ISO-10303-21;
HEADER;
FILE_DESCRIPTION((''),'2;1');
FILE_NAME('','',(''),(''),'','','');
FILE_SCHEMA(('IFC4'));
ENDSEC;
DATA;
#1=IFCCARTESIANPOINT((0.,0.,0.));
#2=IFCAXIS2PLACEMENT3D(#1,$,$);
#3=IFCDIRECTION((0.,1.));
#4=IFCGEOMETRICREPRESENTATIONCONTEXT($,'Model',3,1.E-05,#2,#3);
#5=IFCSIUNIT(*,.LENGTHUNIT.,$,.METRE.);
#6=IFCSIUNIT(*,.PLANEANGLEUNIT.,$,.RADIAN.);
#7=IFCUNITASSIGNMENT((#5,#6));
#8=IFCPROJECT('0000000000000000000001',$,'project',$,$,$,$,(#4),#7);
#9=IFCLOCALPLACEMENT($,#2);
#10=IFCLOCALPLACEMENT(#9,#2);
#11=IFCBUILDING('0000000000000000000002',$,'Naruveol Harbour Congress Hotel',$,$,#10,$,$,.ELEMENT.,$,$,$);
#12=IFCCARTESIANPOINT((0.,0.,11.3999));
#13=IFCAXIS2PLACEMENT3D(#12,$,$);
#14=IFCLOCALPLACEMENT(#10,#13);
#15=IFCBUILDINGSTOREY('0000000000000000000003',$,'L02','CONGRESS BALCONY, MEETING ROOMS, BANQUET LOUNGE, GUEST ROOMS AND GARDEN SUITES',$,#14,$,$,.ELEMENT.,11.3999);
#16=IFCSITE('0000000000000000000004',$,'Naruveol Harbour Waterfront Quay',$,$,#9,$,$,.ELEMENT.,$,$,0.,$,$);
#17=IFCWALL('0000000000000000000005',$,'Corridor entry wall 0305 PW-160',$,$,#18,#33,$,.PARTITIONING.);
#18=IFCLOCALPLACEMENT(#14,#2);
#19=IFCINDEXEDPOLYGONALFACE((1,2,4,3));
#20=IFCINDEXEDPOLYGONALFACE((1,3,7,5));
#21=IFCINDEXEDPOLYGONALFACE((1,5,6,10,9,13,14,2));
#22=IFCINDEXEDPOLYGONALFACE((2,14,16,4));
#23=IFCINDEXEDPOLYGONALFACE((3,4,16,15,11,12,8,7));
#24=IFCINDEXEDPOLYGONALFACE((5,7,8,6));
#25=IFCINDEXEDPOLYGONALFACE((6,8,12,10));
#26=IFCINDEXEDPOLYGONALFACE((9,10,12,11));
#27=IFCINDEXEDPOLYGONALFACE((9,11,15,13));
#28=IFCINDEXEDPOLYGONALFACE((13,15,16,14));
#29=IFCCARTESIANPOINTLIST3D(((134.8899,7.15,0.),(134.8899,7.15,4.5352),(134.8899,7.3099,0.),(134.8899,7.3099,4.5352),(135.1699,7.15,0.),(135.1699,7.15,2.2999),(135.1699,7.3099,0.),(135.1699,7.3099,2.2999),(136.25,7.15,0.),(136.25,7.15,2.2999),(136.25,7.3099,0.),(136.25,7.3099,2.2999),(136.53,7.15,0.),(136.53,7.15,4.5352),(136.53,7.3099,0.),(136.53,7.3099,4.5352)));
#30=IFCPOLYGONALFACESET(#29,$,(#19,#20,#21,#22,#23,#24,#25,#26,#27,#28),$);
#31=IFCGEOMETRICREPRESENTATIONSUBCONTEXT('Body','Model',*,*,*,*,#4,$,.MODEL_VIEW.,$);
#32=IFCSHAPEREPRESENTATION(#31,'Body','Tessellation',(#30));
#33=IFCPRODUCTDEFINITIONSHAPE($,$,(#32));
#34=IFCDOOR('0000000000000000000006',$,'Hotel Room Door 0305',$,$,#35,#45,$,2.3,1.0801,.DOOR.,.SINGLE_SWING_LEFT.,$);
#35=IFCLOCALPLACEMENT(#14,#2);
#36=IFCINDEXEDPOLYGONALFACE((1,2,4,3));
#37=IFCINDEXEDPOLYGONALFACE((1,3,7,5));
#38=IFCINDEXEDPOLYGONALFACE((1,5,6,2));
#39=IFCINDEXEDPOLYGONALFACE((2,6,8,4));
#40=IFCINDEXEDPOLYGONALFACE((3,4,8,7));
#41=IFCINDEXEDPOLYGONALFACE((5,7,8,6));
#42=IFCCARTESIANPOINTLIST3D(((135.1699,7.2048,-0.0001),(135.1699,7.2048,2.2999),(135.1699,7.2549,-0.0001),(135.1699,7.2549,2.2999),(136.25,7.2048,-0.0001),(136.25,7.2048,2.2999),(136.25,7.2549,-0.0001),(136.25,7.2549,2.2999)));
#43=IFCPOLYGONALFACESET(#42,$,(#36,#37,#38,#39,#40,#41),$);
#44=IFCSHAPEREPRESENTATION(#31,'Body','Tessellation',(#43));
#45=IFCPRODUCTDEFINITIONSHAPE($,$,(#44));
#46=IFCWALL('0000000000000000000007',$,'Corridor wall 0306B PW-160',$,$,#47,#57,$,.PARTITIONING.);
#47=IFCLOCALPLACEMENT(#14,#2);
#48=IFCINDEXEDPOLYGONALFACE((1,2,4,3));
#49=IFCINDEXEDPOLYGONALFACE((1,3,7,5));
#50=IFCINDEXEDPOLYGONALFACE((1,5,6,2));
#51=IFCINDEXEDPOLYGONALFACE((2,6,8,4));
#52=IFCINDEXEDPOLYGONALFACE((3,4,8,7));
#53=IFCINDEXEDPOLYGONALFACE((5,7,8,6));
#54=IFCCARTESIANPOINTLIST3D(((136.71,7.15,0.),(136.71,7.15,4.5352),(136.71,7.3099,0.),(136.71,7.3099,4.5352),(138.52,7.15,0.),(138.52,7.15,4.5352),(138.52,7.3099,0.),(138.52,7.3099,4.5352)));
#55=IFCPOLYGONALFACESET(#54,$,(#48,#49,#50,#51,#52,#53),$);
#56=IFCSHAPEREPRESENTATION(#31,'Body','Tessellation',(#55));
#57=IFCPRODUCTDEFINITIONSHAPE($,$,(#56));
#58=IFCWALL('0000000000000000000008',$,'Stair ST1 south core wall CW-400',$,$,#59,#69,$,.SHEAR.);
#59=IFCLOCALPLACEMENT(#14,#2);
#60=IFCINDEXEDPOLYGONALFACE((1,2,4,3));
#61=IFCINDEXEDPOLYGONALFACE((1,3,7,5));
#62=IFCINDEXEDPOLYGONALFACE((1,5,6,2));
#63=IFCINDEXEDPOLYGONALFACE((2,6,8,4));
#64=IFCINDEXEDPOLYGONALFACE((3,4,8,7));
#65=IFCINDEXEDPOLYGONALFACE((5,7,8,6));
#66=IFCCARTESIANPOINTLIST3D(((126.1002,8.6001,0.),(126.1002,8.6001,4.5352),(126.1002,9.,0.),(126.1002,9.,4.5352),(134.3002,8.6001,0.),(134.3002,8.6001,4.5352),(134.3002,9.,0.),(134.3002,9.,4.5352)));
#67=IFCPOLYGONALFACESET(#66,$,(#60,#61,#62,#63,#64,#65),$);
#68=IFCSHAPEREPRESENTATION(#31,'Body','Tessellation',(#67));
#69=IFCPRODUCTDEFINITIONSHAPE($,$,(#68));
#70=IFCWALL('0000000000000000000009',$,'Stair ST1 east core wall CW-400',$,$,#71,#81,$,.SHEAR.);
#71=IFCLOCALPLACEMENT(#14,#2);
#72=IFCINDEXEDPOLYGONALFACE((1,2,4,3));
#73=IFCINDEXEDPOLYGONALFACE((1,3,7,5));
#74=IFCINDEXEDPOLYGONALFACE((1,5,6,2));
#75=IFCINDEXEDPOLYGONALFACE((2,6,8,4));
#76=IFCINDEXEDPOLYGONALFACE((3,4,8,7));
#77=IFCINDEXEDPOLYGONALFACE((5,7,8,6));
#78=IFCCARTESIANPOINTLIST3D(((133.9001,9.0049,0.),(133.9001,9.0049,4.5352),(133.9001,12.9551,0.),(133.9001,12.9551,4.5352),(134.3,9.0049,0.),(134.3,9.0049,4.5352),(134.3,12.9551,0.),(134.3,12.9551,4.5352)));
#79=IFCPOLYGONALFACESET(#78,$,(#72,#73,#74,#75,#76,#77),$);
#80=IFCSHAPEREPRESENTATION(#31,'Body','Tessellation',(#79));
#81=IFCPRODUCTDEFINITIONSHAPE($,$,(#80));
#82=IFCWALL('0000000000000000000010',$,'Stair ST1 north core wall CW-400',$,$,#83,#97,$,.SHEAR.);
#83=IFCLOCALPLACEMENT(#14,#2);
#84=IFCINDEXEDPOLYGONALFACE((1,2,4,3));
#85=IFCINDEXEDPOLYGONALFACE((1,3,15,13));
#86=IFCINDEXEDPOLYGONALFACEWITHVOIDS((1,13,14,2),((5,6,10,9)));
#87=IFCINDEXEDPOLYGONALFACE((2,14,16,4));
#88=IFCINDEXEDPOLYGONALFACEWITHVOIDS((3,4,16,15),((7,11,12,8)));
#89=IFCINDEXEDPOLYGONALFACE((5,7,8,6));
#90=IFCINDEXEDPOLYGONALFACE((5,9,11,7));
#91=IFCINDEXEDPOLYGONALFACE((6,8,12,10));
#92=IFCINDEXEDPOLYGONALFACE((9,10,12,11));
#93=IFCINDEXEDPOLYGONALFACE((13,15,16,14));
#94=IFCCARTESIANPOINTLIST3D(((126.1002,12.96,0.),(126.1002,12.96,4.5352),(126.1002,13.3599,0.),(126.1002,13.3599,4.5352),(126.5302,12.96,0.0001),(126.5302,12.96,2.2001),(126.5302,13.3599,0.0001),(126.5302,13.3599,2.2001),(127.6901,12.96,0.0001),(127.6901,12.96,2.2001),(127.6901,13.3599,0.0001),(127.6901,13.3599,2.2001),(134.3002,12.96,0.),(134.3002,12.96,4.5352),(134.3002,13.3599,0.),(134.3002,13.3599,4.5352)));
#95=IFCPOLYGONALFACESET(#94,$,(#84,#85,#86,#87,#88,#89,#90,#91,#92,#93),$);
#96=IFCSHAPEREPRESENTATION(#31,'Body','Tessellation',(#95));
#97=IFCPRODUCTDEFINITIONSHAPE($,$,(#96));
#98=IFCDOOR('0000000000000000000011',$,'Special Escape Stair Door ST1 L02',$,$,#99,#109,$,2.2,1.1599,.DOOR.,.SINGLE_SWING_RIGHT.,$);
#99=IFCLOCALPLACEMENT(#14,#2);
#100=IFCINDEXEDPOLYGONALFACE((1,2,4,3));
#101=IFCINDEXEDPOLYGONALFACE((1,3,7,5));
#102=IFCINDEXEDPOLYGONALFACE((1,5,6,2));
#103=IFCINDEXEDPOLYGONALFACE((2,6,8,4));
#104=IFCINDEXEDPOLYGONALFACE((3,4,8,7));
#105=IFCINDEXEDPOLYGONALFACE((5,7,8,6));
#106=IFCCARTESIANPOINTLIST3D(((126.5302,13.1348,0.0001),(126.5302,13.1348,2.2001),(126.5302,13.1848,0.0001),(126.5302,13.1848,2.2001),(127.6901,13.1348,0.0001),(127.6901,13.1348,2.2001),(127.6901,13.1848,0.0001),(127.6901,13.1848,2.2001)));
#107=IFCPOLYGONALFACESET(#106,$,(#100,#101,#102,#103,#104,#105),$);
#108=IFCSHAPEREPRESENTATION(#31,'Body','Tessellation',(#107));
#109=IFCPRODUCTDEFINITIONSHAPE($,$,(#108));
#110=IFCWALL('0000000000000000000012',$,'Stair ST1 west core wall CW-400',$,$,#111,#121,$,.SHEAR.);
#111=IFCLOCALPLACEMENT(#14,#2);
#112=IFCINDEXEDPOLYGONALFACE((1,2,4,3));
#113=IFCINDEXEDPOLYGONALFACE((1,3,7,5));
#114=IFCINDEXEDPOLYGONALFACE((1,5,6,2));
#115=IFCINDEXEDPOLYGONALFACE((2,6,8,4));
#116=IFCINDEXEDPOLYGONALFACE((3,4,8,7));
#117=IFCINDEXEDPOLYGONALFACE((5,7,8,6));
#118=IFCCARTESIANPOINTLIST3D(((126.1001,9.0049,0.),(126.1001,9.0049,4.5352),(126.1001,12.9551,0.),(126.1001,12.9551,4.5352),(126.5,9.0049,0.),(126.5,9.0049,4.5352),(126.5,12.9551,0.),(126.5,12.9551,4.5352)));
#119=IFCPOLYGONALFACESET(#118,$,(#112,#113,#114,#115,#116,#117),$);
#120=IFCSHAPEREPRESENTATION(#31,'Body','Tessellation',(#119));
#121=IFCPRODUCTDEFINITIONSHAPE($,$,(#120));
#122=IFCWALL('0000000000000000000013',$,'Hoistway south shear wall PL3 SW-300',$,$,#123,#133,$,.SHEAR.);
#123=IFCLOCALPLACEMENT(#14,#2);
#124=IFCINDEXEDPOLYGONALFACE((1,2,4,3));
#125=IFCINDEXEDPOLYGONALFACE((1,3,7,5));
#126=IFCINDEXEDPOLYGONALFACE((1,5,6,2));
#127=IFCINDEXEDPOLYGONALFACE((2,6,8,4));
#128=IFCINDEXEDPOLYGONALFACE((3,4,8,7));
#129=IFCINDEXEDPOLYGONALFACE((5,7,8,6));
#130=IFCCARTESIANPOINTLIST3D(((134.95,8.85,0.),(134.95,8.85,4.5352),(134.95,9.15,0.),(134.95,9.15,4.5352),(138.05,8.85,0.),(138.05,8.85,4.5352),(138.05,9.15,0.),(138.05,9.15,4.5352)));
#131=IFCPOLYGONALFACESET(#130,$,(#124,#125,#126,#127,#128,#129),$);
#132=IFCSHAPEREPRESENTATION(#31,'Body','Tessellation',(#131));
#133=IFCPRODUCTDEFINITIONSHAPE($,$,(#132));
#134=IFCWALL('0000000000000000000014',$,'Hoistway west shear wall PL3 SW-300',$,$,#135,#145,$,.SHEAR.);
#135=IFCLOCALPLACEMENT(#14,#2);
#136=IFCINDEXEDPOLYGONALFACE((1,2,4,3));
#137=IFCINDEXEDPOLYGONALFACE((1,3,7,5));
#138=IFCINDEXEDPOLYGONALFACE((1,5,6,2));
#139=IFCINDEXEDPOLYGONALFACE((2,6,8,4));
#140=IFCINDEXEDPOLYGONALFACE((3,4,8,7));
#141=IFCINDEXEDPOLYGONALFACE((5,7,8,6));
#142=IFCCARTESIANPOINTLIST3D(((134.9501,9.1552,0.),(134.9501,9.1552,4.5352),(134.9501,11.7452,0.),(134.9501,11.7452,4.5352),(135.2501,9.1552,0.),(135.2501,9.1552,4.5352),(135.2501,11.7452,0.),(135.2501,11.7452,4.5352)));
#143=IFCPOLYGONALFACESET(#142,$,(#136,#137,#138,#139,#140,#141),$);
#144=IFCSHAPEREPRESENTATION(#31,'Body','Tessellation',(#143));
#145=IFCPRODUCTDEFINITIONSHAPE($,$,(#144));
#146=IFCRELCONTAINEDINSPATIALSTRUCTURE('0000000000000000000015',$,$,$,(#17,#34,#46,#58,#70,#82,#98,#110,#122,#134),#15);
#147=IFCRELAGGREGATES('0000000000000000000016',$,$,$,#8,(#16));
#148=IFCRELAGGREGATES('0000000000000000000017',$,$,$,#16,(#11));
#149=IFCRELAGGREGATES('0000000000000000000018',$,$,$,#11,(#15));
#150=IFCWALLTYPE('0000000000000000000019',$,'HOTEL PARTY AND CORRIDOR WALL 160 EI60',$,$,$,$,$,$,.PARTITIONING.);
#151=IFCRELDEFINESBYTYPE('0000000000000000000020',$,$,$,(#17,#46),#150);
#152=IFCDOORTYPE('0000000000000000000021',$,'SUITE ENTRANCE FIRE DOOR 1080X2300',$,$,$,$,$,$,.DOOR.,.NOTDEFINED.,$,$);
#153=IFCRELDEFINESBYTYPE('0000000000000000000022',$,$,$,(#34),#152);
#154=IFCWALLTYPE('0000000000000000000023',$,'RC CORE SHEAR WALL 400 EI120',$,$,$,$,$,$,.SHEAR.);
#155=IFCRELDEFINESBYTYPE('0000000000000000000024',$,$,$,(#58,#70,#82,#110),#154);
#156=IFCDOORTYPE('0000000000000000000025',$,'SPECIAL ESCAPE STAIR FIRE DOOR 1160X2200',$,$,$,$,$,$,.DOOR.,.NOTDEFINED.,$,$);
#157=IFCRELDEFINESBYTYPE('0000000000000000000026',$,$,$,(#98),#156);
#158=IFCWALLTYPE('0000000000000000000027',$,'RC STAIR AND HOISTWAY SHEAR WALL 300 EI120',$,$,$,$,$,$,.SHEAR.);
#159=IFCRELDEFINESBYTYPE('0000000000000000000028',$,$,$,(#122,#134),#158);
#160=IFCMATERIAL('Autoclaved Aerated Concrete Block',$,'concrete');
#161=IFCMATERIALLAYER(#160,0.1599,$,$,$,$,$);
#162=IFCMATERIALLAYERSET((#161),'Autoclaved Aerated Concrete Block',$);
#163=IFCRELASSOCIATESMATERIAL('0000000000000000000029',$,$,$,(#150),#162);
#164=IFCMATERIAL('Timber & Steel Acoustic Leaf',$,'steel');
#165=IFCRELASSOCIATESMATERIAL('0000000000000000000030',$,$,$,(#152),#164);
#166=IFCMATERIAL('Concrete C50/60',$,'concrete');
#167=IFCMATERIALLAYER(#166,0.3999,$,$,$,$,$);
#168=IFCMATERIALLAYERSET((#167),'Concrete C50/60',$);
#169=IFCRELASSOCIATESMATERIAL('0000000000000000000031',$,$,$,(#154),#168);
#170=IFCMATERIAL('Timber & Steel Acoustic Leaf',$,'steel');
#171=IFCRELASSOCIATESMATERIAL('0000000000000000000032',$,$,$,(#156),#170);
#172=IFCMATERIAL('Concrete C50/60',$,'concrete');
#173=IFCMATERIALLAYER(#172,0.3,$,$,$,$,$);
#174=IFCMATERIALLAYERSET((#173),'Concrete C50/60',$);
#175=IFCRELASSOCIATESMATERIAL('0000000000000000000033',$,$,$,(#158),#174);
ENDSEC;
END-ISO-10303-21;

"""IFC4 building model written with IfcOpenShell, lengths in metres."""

from ifc_helpers import new_model, si_unit, direction, frame, frame_2d, origin, place, context, subcontext, project, spatial, rectangle, extrude, material, layer, layer_set, type_object, element, fill, save


model = new_model("IFC4")

# Units and contexts
model_context = context("Model", 3, precision=1e-05, world=origin(), true_north=direction((0.0, 1.0)))
body_context = subcontext(model_context, "Body", "Model", "MODEL_VIEW")
ifc_project = project(units=[si_unit("LENGTHUNIT", "METRE"), si_unit("PLANEANGLEUNIT", "RADIAN")], contexts=[model_context])

# Site, building, storey
site_placement = place(None, origin())
site = spatial("IfcSite", under=ifc_project, at=site_placement, Name="Naruveol Harbour Waterfront Quay", CompositionType="ELEMENT", RefElevation=0.0)
building_placement = place(site_placement, origin())
building = spatial("IfcBuilding", under=site, at=building_placement, Name="Naruveol Harbour Congress Hotel", CompositionType="ELEMENT")
storey_placement = place(building_placement, frame((0.0, 0.0, 11.3999)))
storey = spatial("IfcBuildingStorey", under=building, at=storey_placement, Name="L02", Description="CONGRESS BALCONY, MEETING ROOMS, BANQUET LOUNGE, GUEST ROOMS AND GARDEN SUITES", CompositionType="ELEMENT", Elevation=11.3999)

# Wall, opening, door
ifc_material_1 = material(Name="Autoclaved Aerated Concrete Block", Category="concrete")
ifc_layer_1 = layer(ifc_material_1, 0.1599)
ifc_layer_set_1 = layer_set([ifc_layer_1], Name="Autoclaved Aerated Concrete Block")
wall_type_1 = type_object("IfcWallType", Name="HOTEL PARTY AND CORRIDOR WALL 160 EI60", PredefinedType="PARTITIONING", material=ifc_layer_set_1)
wall_1_placement = place(storey_placement, frame((134.8899, 7.23, 0.0), z_axis=(0.0, 0.0, 1.0), x_axis=(1.0, 0.0, 0.0)))
wall_1 = element("IfcWall", 1, at=wall_1_placement, inside=storey, type_object=wall_type_1, Name="Corridor entry wall 0305 PW-160", PredefinedType="PARTITIONING", context=body_context, shape_type="SweptSolid", body=[
    extrude(rectangle(XDim=1.6401, YDim=0.1599, at=frame_2d((0.8201, 0.0))), origin(), (0.0, 0.0, 1.0), 4.5352),
])
opening_1_placement = place(wall_1_placement, frame((0.28, 0.0, 0.0)))
opening_1 = element("IfcOpeningElement", 2, at=opening_1_placement, cuts=wall_1, PredefinedType="OPENING", context=body_context, shape_type="SweptSolid", body=[
    extrude(rectangle(XDim=1.0801, YDim=2.3, at=frame_2d((0.54, 1.1499))), frame((0.0, 0.0898, 0.0), z_axis=(0.0, -1.0, 0.0), x_axis=(1.0, 0.0, 0.0)), (0.0, 0.0, 1.0), 0.1799),
])
ifc_material_2 = material(Name="Timber & Steel Acoustic Leaf", Category="steel")
door_type_1 = type_object("IfcDoorType", Name="SUITE ENTRANCE FIRE DOOR 1080X2300", OperationType="NOTDEFINED", PredefinedType="DOOR", material=ifc_material_2)
door_1_placement = place(opening_1_placement, origin())
door_1 = element("IfcDoor", 3, at=door_1_placement, inside=storey, type_object=door_type_1, Name="Hotel Room Door 0305", OperationType="SINGLE_SWING_LEFT", OverallHeight=2.3, OverallWidth=1.0801, PredefinedType="DOOR", context=body_context, shape_type="SweptSolid", body=[
    extrude(rectangle(XDim=1.0801, YDim=2.3, at=frame_2d((0.54, 1.1499))), frame((0.0, 0.0249, 0.0), z_axis=(0.0, -1.0, 0.0), x_axis=(1.0, 0.0, 0.0)), (0.0, 0.0, 1.0), 0.05),
])
fill(opening_1, door_1)

# Walls
wall_2_placement = place(storey_placement, frame((136.71, 7.23, 0.0), z_axis=(0.0, 0.0, 1.0), x_axis=(1.0, 0.0, 0.0)))
element("IfcWall", 4, at=wall_2_placement, inside=storey, type_object=wall_type_1, Name="Corridor wall 0306B PW-160", PredefinedType="PARTITIONING", context=body_context, shape_type="SweptSolid", body=[
    extrude(rectangle(XDim=1.8101, YDim=0.1599, at=frame_2d((0.905, 0.0))), origin(), (0.0, 0.0, 1.0), 4.5352),
])
ifc_material_3 = material(Name="Concrete C50/60", Category="concrete")
ifc_layer_2 = layer(ifc_material_3, 0.3999)
ifc_layer_set_2 = layer_set([ifc_layer_2], Name="Concrete C50/60")
wall_type_2 = type_object("IfcWallType", Name="RC CORE SHEAR WALL 400 EI120", PredefinedType="SHEAR", material=ifc_layer_set_2)
wall_3_placement = place(storey_placement, frame((126.1001, 8.8, 0.0), z_axis=(0.0, 0.0, 1.0), x_axis=(1.0, 0.0, 0.0)))
element("IfcWall", 5, at=wall_3_placement, inside=storey, type_object=wall_type_2, Name="Stair ST1 south core wall CW-400", PredefinedType="SHEAR", context=body_context, shape_type="SweptSolid", body=[
    extrude(rectangle(XDim=8.2, YDim=0.3999, at=frame_2d((4.1001, 0.0))), origin(), (0.0, 0.0, 1.0), 4.5352),
])
wall_4_placement = place(storey_placement, frame((134.1001, 9.0049, 0.0), z_axis=(0.0, 0.0, 1.0), x_axis=(0.0, 1.0, 0.0)))
element("IfcWall", 6, at=wall_4_placement, inside=storey, type_object=wall_type_2, Name="Stair ST1 east core wall CW-400", PredefinedType="SHEAR", context=body_context, shape_type="SweptSolid", body=[
    extrude(rectangle(XDim=3.9502, YDim=0.3999, at=frame_2d((1.9751, 0.0))), origin(), (0.0, 0.0, 1.0), 4.5352),
])

# Wall, opening, door
wall_5_placement = place(storey_placement, frame((126.1001, 13.1599, 0.0), z_axis=(0.0, 0.0, 1.0), x_axis=(1.0, 0.0, 0.0)))
wall_5 = element("IfcWall", 7, at=wall_5_placement, inside=storey, type_object=wall_type_2, Name="Stair ST1 north core wall CW-400", PredefinedType="SHEAR", context=body_context, shape_type="SweptSolid", body=[
    extrude(rectangle(XDim=8.2, YDim=0.3999, at=frame_2d((4.1001, 0.0))), origin(), (0.0, 0.0, 1.0), 4.5352),
])
opening_2_placement = place(wall_5_placement, frame((0.4299, 0.0, 0.0)))
opening_2 = element("IfcOpeningElement", 8, at=opening_2_placement, cuts=wall_5, PredefinedType="OPENING", context=body_context, shape_type="SweptSolid", body=[
    extrude(rectangle(XDim=1.1599, YDim=2.2, at=frame_2d((0.5801, 1.1001))), frame((0.0, 0.21, 0.0), z_axis=(0.0, -1.0, 0.0), x_axis=(1.0, 0.0, 0.0)), (0.0, 0.0, 1.0), 0.4199),
])
ifc_material_4 = material(Name="Timber & Steel Acoustic Leaf", Category="steel")
door_type_2 = type_object("IfcDoorType", Name="SPECIAL ESCAPE STAIR FIRE DOOR 1160X2200", OperationType="NOTDEFINED", PredefinedType="DOOR", material=ifc_material_4)
door_2_placement = place(opening_2_placement, origin())
door_2 = element("IfcDoor", 9, at=door_2_placement, inside=storey, type_object=door_type_2, Name="Special Escape Stair Door ST1 L02", OperationType="SINGLE_SWING_RIGHT", OverallHeight=2.2, OverallWidth=1.1599, PredefinedType="DOOR", context=body_context, shape_type="SweptSolid", body=[
    extrude(rectangle(XDim=1.1599, YDim=2.2, at=frame_2d((0.5801, 1.1001))), frame((0.0, 0.0249, 0.0), z_axis=(0.0, -1.0, 0.0), x_axis=(1.0, 0.0, 0.0)), (0.0, 0.0, 1.0), 0.05),
])
fill(opening_2, door_2)

# Walls
wall_6_placement = place(storey_placement, frame((126.3, 9.0049, 0.0), z_axis=(0.0, 0.0, 1.0), x_axis=(0.0, 1.0, 0.0)))
element("IfcWall", 10, at=wall_6_placement, inside=storey, type_object=wall_type_2, Name="Stair ST1 west core wall CW-400", PredefinedType="SHEAR", context=body_context, shape_type="SweptSolid", body=[
    extrude(rectangle(XDim=3.9502, YDim=0.3999, at=frame_2d((1.9751, 0.0))), origin(), (0.0, 0.0, 1.0), 4.5352),
])
ifc_material_5 = material(Name="Concrete C50/60", Category="concrete")
ifc_layer_3 = layer(ifc_material_5, 0.3)
ifc_layer_set_3 = layer_set([ifc_layer_3], Name="Concrete C50/60")
wall_type_3 = type_object("IfcWallType", Name="RC STAIR AND HOISTWAY SHEAR WALL 300 EI120", PredefinedType="SHEAR", material=ifc_layer_set_3)
wall_7_placement = place(storey_placement, frame((134.95, 9.0, 0.0), z_axis=(0.0, 0.0, 1.0), x_axis=(1.0, 0.0, 0.0)))
element("IfcWall", 11, at=wall_7_placement, inside=storey, type_object=wall_type_3, Name="Hoistway south shear wall PL3 SW-300", PredefinedType="SHEAR", context=body_context, shape_type="SweptSolid", body=[
    extrude(rectangle(XDim=3.1001, YDim=0.3, at=frame_2d((1.55, 0.0))), origin(), (0.0, 0.0, 1.0), 4.5352),
])
wall_8_placement = place(storey_placement, frame((135.1001, 11.7451, 0.0), z_axis=(0.0, 0.0, 1.0), x_axis=(0.0, -1.0, 0.0)))
element("IfcWall", 12, at=wall_8_placement, inside=storey, type_object=wall_type_3, Name="Hoistway west shear wall PL3 SW-300", PredefinedType="SHEAR", context=body_context, shape_type="SweptSolid", body=[
    extrude(rectangle(XDim=2.5901, YDim=0.3, at=frame_2d((1.2949, 0.0))), origin(), (0.0, 0.0, 1.0), 4.5352),
])

save(model, "model.ifc")
